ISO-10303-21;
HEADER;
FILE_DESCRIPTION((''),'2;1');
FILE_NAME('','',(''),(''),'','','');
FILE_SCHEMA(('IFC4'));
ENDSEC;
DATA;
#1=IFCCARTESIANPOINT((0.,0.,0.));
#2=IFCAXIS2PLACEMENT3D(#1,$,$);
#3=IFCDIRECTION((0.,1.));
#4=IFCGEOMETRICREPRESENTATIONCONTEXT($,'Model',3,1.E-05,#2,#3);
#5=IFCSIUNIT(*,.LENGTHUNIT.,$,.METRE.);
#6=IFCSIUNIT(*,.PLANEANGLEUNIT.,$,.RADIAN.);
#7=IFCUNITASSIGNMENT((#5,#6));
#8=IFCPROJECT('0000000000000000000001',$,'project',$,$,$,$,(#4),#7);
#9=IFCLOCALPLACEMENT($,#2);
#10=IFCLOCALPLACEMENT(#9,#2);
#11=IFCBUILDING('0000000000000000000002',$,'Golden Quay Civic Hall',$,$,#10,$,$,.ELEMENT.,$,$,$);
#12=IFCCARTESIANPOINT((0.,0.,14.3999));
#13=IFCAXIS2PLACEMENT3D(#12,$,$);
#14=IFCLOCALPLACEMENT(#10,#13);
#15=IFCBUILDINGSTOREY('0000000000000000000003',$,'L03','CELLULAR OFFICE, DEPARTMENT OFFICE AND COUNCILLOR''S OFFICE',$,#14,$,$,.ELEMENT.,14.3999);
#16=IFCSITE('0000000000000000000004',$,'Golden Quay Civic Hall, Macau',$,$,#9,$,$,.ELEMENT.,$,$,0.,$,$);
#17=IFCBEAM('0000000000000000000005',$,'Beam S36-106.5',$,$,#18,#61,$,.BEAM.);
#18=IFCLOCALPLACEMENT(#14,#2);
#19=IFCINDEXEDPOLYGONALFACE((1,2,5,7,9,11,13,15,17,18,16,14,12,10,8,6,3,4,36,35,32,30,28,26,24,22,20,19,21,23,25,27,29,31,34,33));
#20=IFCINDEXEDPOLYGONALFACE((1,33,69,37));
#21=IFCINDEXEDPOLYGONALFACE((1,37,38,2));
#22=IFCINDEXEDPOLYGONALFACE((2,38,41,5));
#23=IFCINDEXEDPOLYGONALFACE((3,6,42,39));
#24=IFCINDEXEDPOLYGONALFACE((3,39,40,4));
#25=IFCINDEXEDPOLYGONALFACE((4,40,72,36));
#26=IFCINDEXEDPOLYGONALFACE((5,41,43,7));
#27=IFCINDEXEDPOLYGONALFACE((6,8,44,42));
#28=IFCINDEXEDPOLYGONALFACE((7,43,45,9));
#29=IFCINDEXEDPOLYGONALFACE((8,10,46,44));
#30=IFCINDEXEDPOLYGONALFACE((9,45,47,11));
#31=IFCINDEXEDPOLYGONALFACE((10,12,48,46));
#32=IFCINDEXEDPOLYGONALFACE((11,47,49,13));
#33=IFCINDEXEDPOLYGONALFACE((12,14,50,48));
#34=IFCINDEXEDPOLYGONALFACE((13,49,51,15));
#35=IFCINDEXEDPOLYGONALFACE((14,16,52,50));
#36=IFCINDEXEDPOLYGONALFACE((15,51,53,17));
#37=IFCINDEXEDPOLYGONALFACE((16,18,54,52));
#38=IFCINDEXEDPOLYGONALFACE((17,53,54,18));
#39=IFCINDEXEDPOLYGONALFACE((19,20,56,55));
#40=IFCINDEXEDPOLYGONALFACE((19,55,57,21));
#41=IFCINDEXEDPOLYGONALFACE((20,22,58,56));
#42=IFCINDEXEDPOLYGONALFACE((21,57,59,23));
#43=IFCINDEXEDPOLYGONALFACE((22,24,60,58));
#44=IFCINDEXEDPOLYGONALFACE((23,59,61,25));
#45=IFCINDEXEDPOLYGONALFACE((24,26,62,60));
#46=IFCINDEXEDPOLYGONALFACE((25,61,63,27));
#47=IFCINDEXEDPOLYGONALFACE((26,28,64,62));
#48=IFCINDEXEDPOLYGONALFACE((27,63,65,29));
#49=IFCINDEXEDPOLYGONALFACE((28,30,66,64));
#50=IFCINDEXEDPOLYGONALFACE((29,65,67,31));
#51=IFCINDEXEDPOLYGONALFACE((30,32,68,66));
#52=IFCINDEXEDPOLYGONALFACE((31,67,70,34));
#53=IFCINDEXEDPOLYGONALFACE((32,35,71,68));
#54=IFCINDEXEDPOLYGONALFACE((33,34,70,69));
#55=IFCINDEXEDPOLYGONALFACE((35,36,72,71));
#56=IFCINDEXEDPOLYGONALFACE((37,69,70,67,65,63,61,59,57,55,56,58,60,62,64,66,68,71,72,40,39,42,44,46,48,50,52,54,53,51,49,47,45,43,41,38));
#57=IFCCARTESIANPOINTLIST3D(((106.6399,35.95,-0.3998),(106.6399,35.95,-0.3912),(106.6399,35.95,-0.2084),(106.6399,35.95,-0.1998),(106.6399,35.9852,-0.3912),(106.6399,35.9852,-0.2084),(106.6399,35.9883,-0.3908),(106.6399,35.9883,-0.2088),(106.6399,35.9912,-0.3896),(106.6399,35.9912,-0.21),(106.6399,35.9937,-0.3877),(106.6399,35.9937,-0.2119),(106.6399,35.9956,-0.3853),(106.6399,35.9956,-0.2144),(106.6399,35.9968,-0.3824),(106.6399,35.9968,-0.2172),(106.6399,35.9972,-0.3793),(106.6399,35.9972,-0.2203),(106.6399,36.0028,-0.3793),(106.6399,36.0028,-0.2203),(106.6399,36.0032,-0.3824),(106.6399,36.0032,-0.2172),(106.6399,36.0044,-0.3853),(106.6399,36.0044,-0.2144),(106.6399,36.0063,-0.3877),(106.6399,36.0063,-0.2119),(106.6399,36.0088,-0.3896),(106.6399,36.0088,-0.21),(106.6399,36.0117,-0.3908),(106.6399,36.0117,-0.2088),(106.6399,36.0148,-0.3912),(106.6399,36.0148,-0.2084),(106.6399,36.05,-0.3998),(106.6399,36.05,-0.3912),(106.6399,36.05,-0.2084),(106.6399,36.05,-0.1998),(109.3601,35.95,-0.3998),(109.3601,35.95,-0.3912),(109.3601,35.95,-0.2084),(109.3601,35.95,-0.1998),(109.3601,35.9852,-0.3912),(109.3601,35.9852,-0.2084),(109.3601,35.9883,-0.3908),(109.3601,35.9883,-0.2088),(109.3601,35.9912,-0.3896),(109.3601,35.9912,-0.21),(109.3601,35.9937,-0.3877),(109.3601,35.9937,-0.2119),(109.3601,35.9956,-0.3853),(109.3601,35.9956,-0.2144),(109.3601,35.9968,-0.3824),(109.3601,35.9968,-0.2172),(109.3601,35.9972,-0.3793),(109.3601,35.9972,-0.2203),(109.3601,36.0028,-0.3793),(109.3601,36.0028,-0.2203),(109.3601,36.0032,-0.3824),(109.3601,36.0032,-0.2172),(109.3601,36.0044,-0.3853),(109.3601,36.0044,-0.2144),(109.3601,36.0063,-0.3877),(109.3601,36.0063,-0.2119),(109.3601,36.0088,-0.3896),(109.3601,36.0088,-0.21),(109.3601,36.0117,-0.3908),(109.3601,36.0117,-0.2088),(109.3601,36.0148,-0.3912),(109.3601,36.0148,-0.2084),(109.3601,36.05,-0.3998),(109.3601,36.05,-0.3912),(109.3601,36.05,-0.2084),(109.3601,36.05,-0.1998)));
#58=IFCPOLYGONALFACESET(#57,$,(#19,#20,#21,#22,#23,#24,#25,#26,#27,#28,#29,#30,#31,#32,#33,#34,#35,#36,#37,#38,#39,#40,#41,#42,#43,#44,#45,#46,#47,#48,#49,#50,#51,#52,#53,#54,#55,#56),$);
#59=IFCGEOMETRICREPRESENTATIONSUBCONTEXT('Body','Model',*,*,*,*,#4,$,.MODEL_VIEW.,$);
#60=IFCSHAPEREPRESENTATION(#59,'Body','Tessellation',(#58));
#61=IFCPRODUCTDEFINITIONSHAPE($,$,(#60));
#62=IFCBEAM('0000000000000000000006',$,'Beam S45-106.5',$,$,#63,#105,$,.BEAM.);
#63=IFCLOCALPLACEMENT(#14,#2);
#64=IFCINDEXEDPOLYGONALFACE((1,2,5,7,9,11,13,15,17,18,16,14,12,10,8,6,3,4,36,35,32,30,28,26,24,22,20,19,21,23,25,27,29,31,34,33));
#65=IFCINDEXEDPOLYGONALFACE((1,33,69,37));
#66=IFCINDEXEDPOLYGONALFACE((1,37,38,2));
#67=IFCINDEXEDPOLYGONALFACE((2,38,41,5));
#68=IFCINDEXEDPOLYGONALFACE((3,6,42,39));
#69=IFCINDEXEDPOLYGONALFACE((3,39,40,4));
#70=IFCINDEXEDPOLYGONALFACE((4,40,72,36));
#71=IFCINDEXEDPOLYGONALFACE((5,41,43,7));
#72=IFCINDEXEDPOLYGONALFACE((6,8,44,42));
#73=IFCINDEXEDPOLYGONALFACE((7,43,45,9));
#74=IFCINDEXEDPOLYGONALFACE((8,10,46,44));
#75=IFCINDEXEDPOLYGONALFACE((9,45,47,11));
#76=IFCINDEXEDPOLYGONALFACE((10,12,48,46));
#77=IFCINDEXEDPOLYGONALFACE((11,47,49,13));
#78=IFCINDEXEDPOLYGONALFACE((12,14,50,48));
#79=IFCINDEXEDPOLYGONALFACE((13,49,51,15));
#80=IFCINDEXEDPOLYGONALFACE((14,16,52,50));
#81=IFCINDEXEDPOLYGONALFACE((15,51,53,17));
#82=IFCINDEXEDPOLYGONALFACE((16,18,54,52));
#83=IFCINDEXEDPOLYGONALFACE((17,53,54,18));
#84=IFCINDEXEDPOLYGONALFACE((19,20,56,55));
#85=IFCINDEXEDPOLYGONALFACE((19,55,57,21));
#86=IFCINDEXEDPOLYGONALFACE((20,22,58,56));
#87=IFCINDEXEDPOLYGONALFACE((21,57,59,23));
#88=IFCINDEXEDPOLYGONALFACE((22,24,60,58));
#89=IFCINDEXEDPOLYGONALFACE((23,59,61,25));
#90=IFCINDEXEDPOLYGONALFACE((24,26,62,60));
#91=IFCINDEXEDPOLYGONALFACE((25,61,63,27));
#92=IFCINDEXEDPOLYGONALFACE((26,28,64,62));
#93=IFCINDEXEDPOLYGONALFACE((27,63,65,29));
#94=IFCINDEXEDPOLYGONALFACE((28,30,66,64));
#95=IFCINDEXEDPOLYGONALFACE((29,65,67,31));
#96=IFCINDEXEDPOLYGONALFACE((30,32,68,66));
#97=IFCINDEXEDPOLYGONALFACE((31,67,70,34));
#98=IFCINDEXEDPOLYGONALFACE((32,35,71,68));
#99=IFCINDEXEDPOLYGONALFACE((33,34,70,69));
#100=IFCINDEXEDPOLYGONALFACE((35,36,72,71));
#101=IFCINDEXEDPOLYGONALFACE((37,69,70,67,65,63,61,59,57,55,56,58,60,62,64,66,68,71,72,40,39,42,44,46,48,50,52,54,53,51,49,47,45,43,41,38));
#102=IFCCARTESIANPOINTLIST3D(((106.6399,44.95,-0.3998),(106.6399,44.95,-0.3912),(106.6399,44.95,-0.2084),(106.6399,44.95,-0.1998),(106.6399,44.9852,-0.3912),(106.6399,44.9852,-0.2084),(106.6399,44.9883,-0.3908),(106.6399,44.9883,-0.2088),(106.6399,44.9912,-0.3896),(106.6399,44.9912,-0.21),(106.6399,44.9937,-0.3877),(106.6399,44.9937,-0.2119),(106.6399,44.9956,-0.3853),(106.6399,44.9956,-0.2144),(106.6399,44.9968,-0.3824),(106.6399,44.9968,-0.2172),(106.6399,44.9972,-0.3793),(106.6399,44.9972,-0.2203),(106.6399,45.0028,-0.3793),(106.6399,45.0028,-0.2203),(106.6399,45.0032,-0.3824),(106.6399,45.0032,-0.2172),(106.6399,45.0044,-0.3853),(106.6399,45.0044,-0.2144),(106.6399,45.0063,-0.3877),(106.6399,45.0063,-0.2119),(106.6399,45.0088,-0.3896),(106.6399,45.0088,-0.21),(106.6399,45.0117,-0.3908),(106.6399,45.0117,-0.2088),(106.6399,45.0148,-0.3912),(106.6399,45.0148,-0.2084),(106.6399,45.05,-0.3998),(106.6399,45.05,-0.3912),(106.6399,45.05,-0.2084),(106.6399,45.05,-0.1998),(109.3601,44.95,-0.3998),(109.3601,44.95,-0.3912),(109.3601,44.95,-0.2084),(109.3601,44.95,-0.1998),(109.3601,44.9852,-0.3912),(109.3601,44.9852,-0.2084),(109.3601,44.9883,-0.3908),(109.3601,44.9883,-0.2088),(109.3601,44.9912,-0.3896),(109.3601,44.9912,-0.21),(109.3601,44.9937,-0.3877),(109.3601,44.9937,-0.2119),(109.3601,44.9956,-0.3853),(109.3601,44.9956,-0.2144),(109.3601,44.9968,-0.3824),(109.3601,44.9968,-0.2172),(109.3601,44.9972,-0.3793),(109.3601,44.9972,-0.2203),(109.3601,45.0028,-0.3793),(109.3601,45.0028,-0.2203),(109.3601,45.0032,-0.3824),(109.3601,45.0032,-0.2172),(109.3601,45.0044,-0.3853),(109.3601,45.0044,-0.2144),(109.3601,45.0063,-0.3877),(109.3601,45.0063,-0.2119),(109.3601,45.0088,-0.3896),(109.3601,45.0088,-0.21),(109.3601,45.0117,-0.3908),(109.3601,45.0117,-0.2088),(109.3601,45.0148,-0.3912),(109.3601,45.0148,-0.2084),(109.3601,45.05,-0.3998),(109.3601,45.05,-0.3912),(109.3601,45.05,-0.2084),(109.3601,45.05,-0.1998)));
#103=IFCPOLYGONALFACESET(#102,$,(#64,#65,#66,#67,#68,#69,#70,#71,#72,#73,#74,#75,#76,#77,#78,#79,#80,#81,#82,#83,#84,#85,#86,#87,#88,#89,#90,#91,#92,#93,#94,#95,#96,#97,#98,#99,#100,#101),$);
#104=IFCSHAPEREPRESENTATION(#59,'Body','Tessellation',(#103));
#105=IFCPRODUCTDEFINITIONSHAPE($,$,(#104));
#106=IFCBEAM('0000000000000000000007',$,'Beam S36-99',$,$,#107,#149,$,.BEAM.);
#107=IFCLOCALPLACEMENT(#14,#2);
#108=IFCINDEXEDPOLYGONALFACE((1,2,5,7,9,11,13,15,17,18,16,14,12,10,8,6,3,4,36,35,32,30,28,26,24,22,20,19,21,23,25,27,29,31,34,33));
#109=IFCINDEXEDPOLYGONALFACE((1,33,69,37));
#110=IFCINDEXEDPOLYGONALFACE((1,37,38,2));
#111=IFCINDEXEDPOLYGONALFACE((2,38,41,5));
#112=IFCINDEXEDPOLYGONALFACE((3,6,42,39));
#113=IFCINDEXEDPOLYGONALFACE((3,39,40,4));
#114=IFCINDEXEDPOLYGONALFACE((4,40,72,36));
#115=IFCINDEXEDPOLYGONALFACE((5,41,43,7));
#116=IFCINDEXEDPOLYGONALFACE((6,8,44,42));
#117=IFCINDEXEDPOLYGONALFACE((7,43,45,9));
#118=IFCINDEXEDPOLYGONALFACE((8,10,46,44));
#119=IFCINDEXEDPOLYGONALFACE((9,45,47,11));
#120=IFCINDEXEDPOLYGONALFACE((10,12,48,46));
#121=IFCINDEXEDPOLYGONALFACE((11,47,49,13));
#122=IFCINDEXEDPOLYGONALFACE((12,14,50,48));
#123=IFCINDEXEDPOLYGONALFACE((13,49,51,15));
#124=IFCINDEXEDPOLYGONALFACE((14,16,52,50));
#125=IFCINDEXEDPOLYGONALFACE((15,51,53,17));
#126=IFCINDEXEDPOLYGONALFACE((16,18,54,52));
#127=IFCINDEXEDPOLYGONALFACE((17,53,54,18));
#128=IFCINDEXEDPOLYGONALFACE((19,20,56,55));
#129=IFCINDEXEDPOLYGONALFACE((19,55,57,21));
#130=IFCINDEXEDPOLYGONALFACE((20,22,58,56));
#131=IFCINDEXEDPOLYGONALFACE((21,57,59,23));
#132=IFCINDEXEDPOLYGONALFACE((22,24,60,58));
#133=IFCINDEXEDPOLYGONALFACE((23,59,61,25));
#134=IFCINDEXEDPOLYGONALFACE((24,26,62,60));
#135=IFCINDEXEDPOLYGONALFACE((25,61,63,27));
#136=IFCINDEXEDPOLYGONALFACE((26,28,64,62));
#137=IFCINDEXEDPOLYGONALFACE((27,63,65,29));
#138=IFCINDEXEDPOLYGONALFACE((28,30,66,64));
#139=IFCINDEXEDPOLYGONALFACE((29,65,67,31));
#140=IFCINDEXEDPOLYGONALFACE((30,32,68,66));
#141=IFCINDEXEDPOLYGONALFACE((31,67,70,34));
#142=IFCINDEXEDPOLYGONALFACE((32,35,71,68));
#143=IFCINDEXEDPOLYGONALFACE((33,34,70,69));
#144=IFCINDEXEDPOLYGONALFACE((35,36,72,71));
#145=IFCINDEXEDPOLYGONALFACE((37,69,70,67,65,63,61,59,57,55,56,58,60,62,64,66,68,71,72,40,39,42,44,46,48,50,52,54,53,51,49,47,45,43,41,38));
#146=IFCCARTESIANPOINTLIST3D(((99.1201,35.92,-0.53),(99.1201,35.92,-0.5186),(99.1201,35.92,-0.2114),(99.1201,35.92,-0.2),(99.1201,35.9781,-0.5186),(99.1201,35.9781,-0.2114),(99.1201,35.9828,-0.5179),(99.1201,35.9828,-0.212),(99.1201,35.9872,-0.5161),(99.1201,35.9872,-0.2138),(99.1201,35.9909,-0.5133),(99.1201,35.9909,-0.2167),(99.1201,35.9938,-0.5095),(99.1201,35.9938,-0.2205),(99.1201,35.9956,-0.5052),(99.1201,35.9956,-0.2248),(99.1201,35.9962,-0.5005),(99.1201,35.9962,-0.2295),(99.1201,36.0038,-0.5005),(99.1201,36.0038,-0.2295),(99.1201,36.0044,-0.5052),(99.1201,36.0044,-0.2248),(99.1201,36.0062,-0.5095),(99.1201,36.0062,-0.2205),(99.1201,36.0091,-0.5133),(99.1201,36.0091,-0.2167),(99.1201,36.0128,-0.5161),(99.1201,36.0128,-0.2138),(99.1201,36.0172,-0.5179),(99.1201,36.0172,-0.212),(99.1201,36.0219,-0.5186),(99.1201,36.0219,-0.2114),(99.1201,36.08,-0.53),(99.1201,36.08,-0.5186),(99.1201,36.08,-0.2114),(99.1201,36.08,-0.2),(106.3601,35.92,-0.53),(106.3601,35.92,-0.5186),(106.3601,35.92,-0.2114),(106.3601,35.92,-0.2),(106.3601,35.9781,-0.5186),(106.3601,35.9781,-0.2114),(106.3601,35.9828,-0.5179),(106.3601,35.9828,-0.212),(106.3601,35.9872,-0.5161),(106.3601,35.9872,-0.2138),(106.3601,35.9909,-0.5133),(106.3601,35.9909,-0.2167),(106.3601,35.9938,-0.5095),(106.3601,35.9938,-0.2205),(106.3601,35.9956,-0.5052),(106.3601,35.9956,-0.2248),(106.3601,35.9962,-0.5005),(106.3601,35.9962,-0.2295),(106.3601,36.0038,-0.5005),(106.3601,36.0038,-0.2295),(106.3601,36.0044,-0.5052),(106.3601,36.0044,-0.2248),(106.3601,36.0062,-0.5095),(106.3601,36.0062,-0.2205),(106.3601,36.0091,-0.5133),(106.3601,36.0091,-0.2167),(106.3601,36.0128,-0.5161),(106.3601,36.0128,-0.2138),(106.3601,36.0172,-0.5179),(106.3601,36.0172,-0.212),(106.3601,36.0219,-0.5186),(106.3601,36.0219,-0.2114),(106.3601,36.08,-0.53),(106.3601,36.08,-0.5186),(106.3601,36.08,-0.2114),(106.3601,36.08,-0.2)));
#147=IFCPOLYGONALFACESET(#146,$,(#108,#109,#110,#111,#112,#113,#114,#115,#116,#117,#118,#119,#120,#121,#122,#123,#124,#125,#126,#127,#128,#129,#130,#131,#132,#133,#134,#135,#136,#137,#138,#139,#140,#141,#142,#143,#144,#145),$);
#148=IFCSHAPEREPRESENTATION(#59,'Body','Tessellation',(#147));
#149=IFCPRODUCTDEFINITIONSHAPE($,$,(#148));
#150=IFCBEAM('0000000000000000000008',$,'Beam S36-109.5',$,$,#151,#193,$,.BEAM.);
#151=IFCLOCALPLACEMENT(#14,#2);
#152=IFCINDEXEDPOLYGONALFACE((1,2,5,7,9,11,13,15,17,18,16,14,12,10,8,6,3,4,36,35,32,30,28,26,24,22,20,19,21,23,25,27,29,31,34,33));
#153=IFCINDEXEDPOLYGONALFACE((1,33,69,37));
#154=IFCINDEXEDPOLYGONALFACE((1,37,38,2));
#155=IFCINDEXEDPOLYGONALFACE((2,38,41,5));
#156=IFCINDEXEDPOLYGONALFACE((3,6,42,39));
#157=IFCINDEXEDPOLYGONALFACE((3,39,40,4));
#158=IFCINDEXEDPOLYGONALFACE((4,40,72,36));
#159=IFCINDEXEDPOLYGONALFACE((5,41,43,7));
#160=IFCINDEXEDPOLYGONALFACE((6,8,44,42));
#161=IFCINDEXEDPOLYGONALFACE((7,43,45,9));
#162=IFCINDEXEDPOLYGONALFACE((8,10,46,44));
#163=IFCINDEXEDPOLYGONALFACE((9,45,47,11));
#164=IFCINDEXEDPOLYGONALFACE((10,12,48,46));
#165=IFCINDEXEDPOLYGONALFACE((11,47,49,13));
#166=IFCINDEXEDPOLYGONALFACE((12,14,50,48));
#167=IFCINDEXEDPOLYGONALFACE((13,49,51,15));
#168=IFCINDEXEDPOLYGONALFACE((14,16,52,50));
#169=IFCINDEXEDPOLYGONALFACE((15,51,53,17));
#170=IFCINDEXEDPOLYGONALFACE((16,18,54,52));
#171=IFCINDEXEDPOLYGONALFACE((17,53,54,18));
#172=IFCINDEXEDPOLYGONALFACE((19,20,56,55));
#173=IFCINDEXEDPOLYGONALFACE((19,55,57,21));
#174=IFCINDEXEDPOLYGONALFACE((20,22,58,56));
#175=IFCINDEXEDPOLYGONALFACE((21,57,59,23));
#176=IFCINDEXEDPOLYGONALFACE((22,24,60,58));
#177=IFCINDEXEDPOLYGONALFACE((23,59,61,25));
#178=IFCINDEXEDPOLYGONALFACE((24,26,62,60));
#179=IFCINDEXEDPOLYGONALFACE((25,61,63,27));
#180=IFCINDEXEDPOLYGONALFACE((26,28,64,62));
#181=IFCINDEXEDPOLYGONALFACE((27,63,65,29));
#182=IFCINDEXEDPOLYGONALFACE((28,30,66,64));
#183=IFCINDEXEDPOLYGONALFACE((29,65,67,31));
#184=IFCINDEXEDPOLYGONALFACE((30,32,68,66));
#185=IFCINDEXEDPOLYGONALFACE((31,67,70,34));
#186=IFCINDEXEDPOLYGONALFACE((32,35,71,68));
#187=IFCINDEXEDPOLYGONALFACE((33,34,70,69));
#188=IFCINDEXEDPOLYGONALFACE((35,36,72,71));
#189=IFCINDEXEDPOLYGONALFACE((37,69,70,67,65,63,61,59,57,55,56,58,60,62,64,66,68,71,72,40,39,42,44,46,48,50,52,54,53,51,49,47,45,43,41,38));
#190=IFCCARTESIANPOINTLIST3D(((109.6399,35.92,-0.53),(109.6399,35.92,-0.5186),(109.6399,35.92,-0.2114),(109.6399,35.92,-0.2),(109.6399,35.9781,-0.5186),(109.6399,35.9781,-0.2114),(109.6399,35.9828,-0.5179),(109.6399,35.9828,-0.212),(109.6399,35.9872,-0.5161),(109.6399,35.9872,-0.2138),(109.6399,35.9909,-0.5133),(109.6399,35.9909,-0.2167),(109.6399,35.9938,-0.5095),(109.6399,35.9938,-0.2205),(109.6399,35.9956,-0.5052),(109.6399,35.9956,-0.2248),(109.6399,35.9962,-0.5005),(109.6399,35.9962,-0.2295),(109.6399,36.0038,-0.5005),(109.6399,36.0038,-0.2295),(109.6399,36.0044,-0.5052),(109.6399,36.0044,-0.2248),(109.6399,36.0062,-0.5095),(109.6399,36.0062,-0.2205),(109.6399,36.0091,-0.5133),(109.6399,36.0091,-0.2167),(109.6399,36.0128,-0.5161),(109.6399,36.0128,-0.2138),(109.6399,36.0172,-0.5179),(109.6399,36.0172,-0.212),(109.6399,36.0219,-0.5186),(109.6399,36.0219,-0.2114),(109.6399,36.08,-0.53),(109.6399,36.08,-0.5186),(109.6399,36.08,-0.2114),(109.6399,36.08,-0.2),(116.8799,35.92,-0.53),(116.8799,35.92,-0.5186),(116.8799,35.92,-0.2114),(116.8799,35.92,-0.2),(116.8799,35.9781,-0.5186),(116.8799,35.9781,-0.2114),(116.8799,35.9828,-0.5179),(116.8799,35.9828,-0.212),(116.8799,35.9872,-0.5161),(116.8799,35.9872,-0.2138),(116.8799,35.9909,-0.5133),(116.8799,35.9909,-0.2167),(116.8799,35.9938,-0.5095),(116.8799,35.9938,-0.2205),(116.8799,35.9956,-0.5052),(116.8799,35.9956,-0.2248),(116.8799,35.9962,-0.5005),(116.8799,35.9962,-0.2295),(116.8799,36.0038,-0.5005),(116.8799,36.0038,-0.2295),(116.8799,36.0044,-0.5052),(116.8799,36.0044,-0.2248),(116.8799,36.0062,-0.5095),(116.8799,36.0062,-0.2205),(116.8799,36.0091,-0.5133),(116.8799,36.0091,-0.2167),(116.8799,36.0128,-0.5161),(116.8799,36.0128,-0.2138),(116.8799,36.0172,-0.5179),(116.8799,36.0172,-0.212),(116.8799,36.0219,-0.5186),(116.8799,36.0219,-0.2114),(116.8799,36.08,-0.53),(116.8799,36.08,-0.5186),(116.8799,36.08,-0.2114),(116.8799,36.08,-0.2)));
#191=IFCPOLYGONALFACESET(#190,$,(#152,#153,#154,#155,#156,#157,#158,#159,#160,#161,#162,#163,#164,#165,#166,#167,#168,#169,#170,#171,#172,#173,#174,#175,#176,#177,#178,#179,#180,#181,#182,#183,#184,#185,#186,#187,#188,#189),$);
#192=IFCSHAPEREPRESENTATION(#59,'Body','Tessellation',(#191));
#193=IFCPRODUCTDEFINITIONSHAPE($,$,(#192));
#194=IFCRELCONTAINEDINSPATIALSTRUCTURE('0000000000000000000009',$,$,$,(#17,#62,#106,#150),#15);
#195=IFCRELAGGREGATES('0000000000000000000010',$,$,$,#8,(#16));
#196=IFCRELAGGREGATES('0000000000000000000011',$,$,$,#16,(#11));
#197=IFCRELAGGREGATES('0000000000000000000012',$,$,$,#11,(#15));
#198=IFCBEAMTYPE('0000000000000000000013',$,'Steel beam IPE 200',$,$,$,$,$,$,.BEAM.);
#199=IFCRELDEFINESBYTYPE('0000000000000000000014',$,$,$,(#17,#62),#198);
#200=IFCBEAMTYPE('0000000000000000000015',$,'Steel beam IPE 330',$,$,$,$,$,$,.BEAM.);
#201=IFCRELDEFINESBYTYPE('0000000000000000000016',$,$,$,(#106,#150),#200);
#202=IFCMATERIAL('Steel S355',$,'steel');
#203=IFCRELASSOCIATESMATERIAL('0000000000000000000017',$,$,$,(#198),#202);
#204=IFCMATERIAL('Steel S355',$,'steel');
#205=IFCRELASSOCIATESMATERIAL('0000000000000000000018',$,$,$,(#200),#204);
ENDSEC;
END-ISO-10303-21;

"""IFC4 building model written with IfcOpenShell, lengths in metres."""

from ifc_helpers import new_model, si_unit, direction, frame, origin, origin_2d, place, context, subcontext, project, spatial, i_section, extrude, material, material_profile, profile_set, type_object, element, save


model = new_model("IFC4")

# Units and contexts
model_context = context("Model", 3, precision=1e-05, world=origin(), true_north=direction((0.0, 1.0)))
body_context = subcontext(model_context, "Body", "Model", "MODEL_VIEW")
ifc_project = project(units=[si_unit("LENGTHUNIT", "METRE"), si_unit("PLANEANGLEUNIT", "RADIAN")], contexts=[model_context])

# Site, building, storey
site_placement = place(None, origin())
site = spatial("IfcSite", under=ifc_project, at=site_placement, Name="Golden Quay Civic Hall, Macau", CompositionType="ELEMENT", RefElevation=0.0)
building_placement = place(site_placement, origin())
building = spatial("IfcBuilding", under=site, at=building_placement, Name="Golden Quay Civic Hall", CompositionType="ELEMENT")
storey_placement = place(building_placement, frame((0.0, 0.0, 14.3999)))
storey = spatial("IfcBuildingStorey", under=building, at=storey_placement, Name="L03", Description="CELLULAR OFFICE, DEPARTMENT OFFICE AND COUNCILLOR'S OFFICE", CompositionType="ELEMENT", Elevation=14.3999)

# Beams
ifc_material_1 = material(Name="Steel S355", Category="steel")
ifc_material_profile_1 = material_profile(ifc_material_1, i_section(OverallWidth=0.1001, OverallDepth=0.2, WebThickness=0.0056, FlangeThickness=0.0085, FilletRadius=0.012, at=origin_2d()), Name="IPE 200")
ifc_profile_set_1 = profile_set([ifc_material_profile_1], Name="Steel S355")
beam_type_1 = type_object("IfcBeamType", Name="Steel beam IPE 200", PredefinedType="BEAM", material=ifc_profile_set_1)
for number, where, z_axis, x_axis, name in (
    (1, (106.6399, 36.0, -0.2998), (1.0, 0.0, 0.0), (0.0, 1.0, 0.0), "Beam S36-106.5"),
    (2, (106.6399, 45.0, -0.2998), (1.0, 0.0, 0.0), (0.0, 1.0, 0.0), "Beam S45-106.5"),
):
    element("IfcBeam", number, at=place(storey_placement, frame(where, z_axis=z_axis, x_axis=x_axis)), inside=storey, type_object=beam_type_1, Name=name, PredefinedType="BEAM", context=body_context, shape_type="SweptSolid", body=[
        extrude(i_section(OverallWidth=0.1001, OverallDepth=0.2, WebThickness=0.0056, FlangeThickness=0.0085, FilletRadius=0.012, at=origin_2d()), origin(), (0.0, 0.0, 1.0), 2.7202),
    ])
ifc_material_2 = material(Name="Steel S355", Category="steel")
ifc_material_profile_2 = material_profile(ifc_material_2, i_section(OverallWidth=0.1599, OverallDepth=0.3301, WebThickness=0.0076, FlangeThickness=0.0115, FilletRadius=0.0181, at=origin_2d()), Name="IPE 330")
ifc_profile_set_2 = profile_set([ifc_material_profile_2], Name="Steel S355")
beam_type_2 = type_object("IfcBeamType", Name="Steel beam IPE 330", PredefinedType="BEAM", material=ifc_profile_set_2)
for number, where, z_axis, x_axis, name in (
    (3, (99.1201, 36.0, -0.365), (1.0, 0.0, 0.0), (0.0, 1.0, 0.0), "Beam S36-99"),
    (4, (109.6399, 36.0, -0.365), (1.0, 0.0, 0.0), (0.0, 1.0, 0.0), "Beam S36-109.5"),
):
    element("IfcBeam", number, at=place(storey_placement, frame(where, z_axis=z_axis, x_axis=x_axis)), inside=storey, type_object=beam_type_2, Name=name, PredefinedType="BEAM", context=body_context, shape_type="SweptSolid", body=[
        extrude(i_section(OverallWidth=0.1599, OverallDepth=0.3301, WebThickness=0.0076, FlangeThickness=0.0115, FilletRadius=0.0181, at=origin_2d()), origin(), (0.0, 0.0, 1.0), 7.24),
    ])

save(model, "model.ifc")
